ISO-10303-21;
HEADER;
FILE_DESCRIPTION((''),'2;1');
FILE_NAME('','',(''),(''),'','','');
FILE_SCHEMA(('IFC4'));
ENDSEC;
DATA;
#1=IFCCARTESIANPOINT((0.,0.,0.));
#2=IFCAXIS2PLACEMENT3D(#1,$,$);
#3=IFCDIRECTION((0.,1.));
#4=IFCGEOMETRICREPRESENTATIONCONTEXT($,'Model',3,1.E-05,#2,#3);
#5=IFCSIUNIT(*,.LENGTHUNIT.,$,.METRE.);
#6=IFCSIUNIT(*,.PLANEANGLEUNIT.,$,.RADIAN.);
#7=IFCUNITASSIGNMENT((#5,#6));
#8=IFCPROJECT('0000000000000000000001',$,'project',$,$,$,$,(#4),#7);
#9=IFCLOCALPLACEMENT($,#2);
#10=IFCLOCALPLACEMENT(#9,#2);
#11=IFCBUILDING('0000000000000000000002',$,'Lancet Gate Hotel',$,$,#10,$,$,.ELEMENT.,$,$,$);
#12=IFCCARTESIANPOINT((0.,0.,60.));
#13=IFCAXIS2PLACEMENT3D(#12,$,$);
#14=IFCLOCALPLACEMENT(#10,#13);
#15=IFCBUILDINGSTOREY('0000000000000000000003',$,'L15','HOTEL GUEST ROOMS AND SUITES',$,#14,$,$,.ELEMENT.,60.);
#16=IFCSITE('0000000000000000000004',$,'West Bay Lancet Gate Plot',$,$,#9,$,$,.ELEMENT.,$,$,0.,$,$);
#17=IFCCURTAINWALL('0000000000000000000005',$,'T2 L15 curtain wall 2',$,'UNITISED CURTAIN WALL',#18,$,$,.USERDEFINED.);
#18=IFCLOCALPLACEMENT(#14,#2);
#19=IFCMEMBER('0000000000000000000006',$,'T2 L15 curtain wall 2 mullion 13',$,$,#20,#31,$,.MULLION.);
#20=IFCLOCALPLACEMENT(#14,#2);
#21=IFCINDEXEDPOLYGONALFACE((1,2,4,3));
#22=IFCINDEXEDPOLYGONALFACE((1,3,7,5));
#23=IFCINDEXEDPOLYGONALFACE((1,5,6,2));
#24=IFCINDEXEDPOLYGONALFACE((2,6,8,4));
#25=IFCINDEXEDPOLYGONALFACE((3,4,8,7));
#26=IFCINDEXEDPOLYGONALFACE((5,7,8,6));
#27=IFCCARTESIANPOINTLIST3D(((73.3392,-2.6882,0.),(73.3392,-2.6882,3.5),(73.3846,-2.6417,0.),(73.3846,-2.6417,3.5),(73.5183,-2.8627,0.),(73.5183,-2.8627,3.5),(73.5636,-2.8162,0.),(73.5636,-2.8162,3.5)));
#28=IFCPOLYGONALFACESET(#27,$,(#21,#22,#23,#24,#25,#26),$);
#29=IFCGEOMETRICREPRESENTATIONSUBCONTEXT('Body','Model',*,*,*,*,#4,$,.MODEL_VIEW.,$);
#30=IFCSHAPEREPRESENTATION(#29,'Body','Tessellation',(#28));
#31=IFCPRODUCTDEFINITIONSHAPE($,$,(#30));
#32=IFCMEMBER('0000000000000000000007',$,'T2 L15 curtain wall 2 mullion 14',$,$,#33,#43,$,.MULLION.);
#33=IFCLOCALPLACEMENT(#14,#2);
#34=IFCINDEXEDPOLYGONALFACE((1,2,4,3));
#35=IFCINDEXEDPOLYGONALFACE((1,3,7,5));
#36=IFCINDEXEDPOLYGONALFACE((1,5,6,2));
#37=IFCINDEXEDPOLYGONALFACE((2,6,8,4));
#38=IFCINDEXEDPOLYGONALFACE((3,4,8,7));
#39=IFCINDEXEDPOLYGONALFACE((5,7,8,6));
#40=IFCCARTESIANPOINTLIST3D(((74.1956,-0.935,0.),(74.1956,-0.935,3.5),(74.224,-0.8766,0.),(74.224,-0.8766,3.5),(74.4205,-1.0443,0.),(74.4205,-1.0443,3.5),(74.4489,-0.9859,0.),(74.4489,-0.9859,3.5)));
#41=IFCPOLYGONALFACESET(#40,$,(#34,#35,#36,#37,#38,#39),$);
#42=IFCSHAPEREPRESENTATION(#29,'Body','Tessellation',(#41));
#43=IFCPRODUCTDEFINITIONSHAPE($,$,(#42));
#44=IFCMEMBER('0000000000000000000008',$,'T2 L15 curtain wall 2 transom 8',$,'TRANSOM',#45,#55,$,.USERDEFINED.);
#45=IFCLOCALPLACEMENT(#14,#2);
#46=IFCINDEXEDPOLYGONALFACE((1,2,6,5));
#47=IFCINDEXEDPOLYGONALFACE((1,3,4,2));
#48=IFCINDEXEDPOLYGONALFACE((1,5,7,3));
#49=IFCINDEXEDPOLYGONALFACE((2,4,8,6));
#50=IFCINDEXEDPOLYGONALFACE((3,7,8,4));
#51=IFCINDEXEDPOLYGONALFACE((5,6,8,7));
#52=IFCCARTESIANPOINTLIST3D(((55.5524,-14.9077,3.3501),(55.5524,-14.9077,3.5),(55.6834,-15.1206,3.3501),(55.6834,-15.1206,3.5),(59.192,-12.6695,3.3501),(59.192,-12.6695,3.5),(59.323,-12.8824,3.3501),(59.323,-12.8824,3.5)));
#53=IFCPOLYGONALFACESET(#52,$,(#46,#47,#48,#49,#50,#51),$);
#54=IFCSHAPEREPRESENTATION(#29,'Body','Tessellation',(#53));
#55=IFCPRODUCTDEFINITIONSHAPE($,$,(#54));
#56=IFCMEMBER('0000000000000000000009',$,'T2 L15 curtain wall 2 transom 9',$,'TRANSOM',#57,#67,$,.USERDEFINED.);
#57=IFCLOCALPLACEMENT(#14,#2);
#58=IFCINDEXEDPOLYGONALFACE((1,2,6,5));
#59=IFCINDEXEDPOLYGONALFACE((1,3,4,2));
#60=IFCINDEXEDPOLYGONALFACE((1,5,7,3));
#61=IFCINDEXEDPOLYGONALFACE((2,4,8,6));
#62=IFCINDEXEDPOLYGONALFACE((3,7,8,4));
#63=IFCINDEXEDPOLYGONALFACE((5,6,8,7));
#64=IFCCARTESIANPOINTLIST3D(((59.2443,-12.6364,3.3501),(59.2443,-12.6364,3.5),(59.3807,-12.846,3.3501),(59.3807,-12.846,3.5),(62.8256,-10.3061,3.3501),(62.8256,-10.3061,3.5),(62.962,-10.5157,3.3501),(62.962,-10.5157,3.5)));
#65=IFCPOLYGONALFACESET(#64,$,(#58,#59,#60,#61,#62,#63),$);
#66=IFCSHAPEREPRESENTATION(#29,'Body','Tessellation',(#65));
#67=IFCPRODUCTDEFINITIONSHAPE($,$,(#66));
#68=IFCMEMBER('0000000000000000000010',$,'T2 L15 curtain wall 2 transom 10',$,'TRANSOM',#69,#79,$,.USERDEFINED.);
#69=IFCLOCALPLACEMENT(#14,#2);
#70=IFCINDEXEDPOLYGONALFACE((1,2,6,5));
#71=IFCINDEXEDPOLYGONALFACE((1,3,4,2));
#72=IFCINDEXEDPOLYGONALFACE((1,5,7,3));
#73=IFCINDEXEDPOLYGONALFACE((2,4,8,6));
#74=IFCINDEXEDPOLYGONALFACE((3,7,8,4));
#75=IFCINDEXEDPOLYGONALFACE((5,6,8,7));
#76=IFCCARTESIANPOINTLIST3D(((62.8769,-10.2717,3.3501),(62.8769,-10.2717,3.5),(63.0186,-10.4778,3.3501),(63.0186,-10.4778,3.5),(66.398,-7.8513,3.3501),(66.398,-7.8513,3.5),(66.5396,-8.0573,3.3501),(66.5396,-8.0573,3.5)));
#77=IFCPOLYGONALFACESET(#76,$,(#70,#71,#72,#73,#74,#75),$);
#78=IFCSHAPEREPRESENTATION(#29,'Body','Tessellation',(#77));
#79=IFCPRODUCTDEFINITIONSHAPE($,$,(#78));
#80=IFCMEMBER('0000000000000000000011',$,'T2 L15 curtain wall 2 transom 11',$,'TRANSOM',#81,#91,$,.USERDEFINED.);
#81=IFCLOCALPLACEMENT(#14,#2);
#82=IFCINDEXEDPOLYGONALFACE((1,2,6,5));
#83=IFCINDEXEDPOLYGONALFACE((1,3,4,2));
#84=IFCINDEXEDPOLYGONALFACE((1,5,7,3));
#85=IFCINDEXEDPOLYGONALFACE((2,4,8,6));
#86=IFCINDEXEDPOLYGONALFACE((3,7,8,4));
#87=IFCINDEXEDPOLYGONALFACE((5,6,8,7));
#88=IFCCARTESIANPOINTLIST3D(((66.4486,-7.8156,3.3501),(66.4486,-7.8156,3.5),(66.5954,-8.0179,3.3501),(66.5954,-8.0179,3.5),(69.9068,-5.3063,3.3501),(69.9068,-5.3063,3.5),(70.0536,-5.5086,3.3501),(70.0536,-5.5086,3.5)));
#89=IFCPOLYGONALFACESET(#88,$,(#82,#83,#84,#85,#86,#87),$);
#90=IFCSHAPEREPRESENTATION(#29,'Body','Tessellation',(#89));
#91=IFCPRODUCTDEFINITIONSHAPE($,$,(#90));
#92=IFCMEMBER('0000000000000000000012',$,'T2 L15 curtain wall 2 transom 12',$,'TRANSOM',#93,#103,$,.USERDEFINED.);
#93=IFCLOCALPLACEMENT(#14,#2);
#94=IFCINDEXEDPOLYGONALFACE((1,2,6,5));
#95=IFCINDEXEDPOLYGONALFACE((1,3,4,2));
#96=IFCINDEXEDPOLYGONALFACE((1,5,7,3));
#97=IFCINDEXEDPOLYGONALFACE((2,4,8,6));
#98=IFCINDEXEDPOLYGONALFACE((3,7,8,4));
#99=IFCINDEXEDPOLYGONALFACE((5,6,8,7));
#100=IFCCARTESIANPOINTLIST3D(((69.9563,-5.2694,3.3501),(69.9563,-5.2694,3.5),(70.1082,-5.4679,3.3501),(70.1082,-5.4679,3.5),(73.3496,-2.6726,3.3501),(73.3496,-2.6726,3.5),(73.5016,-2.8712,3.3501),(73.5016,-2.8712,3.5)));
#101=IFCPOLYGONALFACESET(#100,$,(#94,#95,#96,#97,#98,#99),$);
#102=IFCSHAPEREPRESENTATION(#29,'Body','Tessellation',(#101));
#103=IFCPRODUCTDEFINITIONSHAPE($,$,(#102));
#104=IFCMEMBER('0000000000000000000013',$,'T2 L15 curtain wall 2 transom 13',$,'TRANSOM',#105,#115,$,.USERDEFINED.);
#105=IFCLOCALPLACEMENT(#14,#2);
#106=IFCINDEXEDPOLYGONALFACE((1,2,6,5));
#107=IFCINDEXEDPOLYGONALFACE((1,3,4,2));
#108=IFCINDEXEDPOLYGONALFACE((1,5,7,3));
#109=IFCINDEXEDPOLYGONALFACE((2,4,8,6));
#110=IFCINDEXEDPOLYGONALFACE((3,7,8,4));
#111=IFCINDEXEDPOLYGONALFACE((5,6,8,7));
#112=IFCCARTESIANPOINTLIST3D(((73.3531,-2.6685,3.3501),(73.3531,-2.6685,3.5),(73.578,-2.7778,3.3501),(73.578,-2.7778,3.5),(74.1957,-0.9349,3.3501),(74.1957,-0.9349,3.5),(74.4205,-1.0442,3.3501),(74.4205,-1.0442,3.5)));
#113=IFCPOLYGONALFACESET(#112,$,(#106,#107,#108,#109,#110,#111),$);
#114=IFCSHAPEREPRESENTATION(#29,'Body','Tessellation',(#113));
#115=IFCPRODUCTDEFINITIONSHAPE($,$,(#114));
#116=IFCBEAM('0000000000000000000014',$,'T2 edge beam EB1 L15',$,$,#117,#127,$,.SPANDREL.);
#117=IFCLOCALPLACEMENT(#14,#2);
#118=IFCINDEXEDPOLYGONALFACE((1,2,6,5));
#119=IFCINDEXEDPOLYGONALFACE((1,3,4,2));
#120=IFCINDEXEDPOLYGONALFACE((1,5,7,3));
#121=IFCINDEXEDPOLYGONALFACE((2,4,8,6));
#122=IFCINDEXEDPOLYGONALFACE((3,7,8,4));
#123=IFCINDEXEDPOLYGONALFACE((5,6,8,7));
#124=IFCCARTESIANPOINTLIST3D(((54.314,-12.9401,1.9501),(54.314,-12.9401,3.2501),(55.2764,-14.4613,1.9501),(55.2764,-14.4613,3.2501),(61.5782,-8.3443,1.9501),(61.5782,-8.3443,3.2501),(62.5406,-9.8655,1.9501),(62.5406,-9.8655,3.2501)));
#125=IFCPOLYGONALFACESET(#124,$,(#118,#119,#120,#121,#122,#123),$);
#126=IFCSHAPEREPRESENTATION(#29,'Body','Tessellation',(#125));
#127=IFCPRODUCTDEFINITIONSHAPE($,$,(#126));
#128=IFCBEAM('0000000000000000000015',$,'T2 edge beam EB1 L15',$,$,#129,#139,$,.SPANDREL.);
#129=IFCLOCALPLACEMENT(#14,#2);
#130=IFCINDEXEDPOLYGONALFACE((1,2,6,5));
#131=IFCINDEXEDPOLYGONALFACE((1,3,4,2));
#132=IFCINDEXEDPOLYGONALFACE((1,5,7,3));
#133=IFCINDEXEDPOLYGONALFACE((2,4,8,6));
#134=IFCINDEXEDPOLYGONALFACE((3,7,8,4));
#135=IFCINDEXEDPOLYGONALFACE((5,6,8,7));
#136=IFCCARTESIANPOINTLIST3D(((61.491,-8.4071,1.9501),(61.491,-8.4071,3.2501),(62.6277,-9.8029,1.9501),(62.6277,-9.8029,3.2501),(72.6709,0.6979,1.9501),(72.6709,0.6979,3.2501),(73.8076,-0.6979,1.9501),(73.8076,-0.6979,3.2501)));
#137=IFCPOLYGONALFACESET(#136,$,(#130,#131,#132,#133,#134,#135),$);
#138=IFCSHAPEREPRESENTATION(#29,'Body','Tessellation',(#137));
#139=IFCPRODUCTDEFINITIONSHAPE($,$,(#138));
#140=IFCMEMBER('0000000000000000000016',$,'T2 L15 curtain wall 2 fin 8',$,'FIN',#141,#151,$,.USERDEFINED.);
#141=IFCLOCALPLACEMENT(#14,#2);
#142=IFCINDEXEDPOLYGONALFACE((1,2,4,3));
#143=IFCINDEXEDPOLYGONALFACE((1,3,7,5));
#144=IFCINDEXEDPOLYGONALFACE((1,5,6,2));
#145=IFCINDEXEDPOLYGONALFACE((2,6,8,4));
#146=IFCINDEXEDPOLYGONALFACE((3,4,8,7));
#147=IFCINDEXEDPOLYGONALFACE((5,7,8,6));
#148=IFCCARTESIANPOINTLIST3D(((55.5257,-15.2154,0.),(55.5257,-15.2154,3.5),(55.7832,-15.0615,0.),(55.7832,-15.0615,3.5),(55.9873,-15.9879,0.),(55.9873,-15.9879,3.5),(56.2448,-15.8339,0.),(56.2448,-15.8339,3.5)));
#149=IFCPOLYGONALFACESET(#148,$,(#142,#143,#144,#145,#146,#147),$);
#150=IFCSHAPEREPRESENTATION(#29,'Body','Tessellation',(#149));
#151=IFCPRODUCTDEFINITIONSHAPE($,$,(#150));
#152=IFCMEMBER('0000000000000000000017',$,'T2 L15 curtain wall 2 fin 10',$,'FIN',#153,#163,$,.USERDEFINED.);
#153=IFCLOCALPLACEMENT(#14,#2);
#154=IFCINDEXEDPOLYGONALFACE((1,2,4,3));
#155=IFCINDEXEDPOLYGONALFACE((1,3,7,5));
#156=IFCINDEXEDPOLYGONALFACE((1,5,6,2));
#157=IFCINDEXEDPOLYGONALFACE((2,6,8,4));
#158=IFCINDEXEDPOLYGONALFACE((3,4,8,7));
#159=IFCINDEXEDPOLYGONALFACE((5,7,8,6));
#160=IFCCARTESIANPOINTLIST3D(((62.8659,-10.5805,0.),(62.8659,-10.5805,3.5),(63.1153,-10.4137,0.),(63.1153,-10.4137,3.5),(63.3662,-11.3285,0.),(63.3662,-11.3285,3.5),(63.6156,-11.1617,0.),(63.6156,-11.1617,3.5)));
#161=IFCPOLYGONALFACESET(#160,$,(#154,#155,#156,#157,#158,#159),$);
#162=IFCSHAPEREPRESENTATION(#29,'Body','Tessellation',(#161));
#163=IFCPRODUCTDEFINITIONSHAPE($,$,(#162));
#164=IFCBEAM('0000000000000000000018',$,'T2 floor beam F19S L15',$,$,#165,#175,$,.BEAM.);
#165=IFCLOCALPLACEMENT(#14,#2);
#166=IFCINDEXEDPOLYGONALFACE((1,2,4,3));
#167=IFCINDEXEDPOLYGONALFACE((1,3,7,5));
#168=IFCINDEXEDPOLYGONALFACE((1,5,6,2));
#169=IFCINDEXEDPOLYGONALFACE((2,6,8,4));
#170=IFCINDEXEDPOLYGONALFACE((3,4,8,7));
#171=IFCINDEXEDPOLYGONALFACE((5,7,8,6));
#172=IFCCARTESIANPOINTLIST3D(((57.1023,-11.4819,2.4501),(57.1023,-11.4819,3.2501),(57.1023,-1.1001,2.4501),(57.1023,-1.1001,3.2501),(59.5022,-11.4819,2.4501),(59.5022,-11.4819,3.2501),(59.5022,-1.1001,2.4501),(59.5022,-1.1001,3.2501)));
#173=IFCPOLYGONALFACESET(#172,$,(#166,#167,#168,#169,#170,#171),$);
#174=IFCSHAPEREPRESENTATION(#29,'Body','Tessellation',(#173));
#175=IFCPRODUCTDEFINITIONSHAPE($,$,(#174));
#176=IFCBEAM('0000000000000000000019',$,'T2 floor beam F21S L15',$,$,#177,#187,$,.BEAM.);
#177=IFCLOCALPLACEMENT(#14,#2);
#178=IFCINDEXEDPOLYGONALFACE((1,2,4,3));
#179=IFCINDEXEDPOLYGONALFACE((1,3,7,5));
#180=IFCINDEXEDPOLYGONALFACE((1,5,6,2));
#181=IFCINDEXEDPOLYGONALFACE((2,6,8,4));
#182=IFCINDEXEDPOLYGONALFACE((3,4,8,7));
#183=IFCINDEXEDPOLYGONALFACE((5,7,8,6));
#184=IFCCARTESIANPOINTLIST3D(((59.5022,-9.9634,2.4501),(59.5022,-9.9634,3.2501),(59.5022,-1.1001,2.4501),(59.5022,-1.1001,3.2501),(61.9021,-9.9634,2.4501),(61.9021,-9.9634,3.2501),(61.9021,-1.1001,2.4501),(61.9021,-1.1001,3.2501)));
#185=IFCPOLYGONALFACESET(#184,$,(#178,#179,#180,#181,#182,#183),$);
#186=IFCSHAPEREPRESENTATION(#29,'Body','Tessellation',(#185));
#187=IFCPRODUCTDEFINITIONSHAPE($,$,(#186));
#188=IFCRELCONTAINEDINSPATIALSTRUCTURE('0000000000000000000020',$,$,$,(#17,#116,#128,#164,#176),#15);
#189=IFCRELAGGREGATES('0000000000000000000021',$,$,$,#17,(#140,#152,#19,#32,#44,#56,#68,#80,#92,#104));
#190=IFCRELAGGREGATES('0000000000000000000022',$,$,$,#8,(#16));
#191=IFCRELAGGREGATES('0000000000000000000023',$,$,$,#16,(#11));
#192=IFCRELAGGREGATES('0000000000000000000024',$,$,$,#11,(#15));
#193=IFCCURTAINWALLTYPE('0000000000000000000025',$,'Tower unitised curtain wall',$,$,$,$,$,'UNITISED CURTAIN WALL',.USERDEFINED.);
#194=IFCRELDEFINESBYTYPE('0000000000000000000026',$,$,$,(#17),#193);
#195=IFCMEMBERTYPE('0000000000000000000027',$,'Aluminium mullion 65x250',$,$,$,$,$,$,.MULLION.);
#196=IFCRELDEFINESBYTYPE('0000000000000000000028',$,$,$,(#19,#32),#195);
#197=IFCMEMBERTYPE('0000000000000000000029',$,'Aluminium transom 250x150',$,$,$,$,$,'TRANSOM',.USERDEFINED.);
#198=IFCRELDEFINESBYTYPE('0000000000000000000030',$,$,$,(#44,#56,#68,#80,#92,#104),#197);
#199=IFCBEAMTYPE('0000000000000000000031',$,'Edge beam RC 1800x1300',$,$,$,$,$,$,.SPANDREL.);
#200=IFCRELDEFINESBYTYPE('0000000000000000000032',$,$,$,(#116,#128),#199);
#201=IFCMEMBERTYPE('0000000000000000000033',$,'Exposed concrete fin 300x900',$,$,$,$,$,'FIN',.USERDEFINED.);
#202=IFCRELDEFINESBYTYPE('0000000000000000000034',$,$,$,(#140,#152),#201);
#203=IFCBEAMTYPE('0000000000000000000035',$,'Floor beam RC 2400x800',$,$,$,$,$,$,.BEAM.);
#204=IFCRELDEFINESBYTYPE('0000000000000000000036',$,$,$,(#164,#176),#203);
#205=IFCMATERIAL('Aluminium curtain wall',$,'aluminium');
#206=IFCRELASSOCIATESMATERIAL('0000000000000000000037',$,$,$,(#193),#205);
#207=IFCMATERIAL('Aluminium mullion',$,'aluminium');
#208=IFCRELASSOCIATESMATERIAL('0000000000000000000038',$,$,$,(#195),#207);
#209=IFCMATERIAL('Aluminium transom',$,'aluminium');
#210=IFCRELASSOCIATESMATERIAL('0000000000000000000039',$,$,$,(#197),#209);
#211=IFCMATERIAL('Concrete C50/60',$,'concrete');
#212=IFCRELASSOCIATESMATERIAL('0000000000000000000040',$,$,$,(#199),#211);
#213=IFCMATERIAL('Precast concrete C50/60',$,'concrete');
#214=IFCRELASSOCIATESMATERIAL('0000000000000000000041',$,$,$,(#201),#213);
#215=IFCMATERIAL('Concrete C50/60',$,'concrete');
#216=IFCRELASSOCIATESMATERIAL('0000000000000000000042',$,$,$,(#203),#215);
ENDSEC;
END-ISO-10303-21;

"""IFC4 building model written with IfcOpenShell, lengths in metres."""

from ifc_helpers import new_model, si_unit, direction, frame, origin, origin_2d, place, context, subcontext, project, spatial, rectangle, extrude, material, material_profile, profile_set, type_object, element, aggregate, save


model = new_model("IFC4")

# Units and contexts
model_context = context("Model", 3, precision=1e-05, world=origin(), true_north=direction((0.0, 1.0)))
body_context = subcontext(model_context, "Body", "Model", "MODEL_VIEW")
ifc_project = project(units=[si_unit("LENGTHUNIT", "METRE"), si_unit("PLANEANGLEUNIT", "RADIAN")], contexts=[model_context])

# Site, building, storey
site_placement = place(None, origin())
site = spatial("IfcSite", under=ifc_project, at=site_placement, Name="West Bay Lancet Gate Plot", CompositionType="ELEMENT", RefElevation=0.0)
building_placement = place(site_placement, origin())
building = spatial("IfcBuilding", under=site, at=building_placement, Name="Lancet Gate Hotel", CompositionType="ELEMENT")
storey_placement = place(building_placement, frame((0.0, 0.0, 60.0)))
storey = spatial("IfcBuildingStorey", under=building, at=storey_placement, Name="L15", Description="HOTEL GUEST ROOMS AND SUITES", CompositionType="ELEMENT", Elevation=60.0)

# Curtain wall, members
ifc_material_1 = material(Name="Aluminium curtain wall", Category="aluminium")
curtain_wall_type = type_object("IfcCurtainWallType", Name="Tower unitised curtain wall", ElementType="UNITISED CURTAIN WALL", PredefinedType="USERDEFINED", material=ifc_material_1)
curtain_wall_placement = place(storey_placement, origin())
curtain_wall = element("IfcCurtainWall", 1, at=curtain_wall_placement, inside=storey, type_object=curtain_wall_type, Name="T2 L15 curtain wall 2", ObjectType="UNITISED CURTAIN WALL", PredefinedType="USERDEFINED")
ifc_material_2 = material(Name="Aluminium mullion", Category="aluminium")
ifc_material_profile_1 = material_profile(ifc_material_2, rectangle(XDim=0.0649, YDim=0.25, at=origin_2d()), Name="MULLION 65x250")
ifc_profile_set_1 = profile_set([ifc_material_profile_1], Name="Aluminium mullion")
member_type_1 = type_object("IfcMemberType", Name="Aluminium mullion 65x250", PredefinedType="MULLION", material=ifc_profile_set_1)
member_1_placement = place(storey_placement, frame((73.4514, -2.7522, 0.0), z_axis=(0.0, 0.0, 1.0), x_axis=(0.697983, 0.716114, 0.0)))
member_1 = element("IfcMember", 2, at=member_1_placement, type_object=member_type_1, Name="T2 L15 curtain wall 2 mullion 13", PredefinedType="MULLION", context=body_context, shape_type="SweptSolid", body=[
    extrude(rectangle(XDim=0.0649, YDim=0.25, at=origin_2d()), origin(), (0.0, 0.0, 1.0), 3.5),
])
member_2_placement = place(storey_placement, frame((74.3223, -0.9604, 0.0), z_axis=(0.0, 0.0, 1.0), x_axis=(0.437169, 0.899379, 0.0)))
member_2 = element("IfcMember", 3, at=member_2_placement, type_object=member_type_1, Name="T2 L15 curtain wall 2 mullion 14", PredefinedType="MULLION", context=body_context, shape_type="SweptSolid", body=[
    extrude(rectangle(XDim=0.0649, YDim=0.25, at=origin_2d()), origin(), (0.0, 0.0, 1.0), 3.5),
])
ifc_material_3 = material(Name="Aluminium transom", Category="aluminium")
ifc_material_profile_2 = material_profile(ifc_material_3, rectangle(XDim=0.25, YDim=0.1499, at=origin_2d()), Name="TRANSOM 250x150")
ifc_profile_set_2 = profile_set([ifc_material_profile_2], Name="Aluminium transom")
member_type_2 = type_object("IfcMemberType", Name="Aluminium transom 250x150", ElementType="TRANSOM", PredefinedType="USERDEFINED", material=ifc_profile_set_2)
member_3_placement = place(storey_placement, frame((55.6179, -15.0142, 3.425), z_axis=(0.851815, 0.523842, 0.0), x_axis=(-0.523842, 0.851815, 0.0)))
member_3 = element("IfcMember", 4, at=member_3_placement, type_object=member_type_2, Name="T2 L15 curtain wall 2 transom 8", ObjectType="TRANSOM", PredefinedType="USERDEFINED", context=body_context, shape_type="SweptSolid", body=[
    extrude(rectangle(XDim=0.25, YDim=0.1499, at=origin_2d()), origin(), (0.0, 0.0, 1.0), 4.2727),
])
member_4_placement = place(storey_placement, frame((59.3125, -12.7412, 3.425), z_axis=(0.838179, 0.545396, 0.0), x_axis=(-0.545396, 0.838179, 0.0)))
member_4 = element("IfcMember", 5, at=member_4_placement, type_object=member_type_2, Name="T2 L15 curtain wall 2 transom 9", ObjectType="TRANSOM", PredefinedType="USERDEFINED", context=body_context, shape_type="SweptSolid", body=[
    extrude(rectangle(XDim=0.25, YDim=0.1499, at=origin_2d()), origin(), (0.0, 0.0, 1.0), 4.2727),
])
member_5_placement = place(storey_placement, frame((62.9478, -10.3748, 3.425), z_axis=(0.824072, 0.566485, 0.0), x_axis=(-0.566485, 0.824072, 0.0)))
member_5 = element("IfcMember", 6, at=member_5_placement, type_object=member_type_2, Name="T2 L15 curtain wall 2 transom 10", ObjectType="TRANSOM", PredefinedType="USERDEFINED", context=body_context, shape_type="SweptSolid", body=[
    extrude(rectangle(XDim=0.25, YDim=0.1499, at=origin_2d()), origin(), (0.0, 0.0, 1.0), 4.2727),
])
member_6_placement = place(storey_placement, frame((66.522, -7.9167, 3.425), z_axis=(0.809383, 0.587281, 0.0), x_axis=(-0.587281, 0.809383, 0.0)))
member_6 = element("IfcMember", 7, at=member_6_placement, type_object=member_type_2, Name="T2 L15 curtain wall 2 transom 11", ObjectType="TRANSOM", PredefinedType="USERDEFINED", context=body_context, shape_type="SweptSolid", body=[
    extrude(rectangle(XDim=0.25, YDim=0.1499, at=origin_2d()), origin(), (0.0, 0.0, 1.0), 4.2727),
])
member_7_placement = place(storey_placement, frame((70.0322, -5.3687, 3.425), z_axis=(0.794155, 0.607715, 0.0), x_axis=(-0.607715, 0.794155, 0.0)))
member_7 = element("IfcMember", 8, at=member_7_placement, type_object=member_type_2, Name="T2 L15 curtain wall 2 transom 12", ObjectType="TRANSOM", PredefinedType="USERDEFINED", context=body_context, shape_type="SweptSolid", body=[
    extrude(rectangle(XDim=0.25, YDim=0.1499, at=origin_2d()), origin(), (0.0, 0.0, 1.0), 4.2729),
])
member_8_placement = place(storey_placement, frame((73.4656, -2.7231, 3.425), z_axis=(0.437103, 0.899411, 0.0), x_axis=(-0.899411, 0.437103, 0.0)))
member_8 = element("IfcMember", 9, at=member_8_placement, type_object=member_type_2, Name="T2 L15 curtain wall 2 transom 13", ObjectType="TRANSOM", PredefinedType="USERDEFINED", context=body_context, shape_type="SweptSolid", body=[
    extrude(rectangle(XDim=0.25, YDim=0.1499, at=origin_2d()), origin(), (0.0, 0.0, 1.0), 1.9275),
])

# Beams
ifc_material_4 = material(Name="Concrete C50/60", Category="concrete")
ifc_material_profile_3 = material_profile(ifc_material_4, rectangle(XDim=1.8, YDim=1.3, at=origin_2d()), Name="RC 1800x1300")
ifc_profile_set_3 = profile_set([ifc_material_profile_3], Name="Concrete C50/60")
beam_type_1 = type_object("IfcBeamType", Name="Edge beam RC 1800x1300", PredefinedType="SPANDREL", material=ifc_profile_set_3)
beam_1_placement = place(storey_placement, frame((54.7952, -13.7007, 2.6001), z_axis=(0.845078, 0.534643, 0.0), x_axis=(-0.534643, 0.845078, 0.0)))
element("IfcBeam", 10, at=beam_1_placement, inside=storey, type_object=beam_type_1, Name="T2 edge beam EB1 L15", PredefinedType="SPANDREL", context=body_context, shape_type="SweptSolid", body=[
    extrude(rectangle(XDim=1.8, YDim=1.3, at=origin_2d()), origin(), (0.0, 0.0, 1.0), 8.5959),
])
beam_2_placement = place(storey_placement, frame((62.0593, -9.105, 2.6001), z_axis=(0.775391, 0.631481, 0.0), x_axis=(-0.631481, 0.775391, 0.0)))
element("IfcBeam", 11, at=beam_2_placement, inside=storey, type_object=beam_type_1, Name="T2 edge beam EB1 L15", PredefinedType="SPANDREL", context=body_context, shape_type="SweptSolid", body=[
    extrude(rectangle(XDim=1.8, YDim=1.3, at=origin_2d()), origin(), (0.0, 0.0, 1.0), 14.4185),
])

# Members
ifc_material_5 = material(Name="Precast concrete C50/60", Category="concrete")
ifc_material_profile_4 = material_profile(ifc_material_5, rectangle(XDim=0.3, YDim=0.8999, at=origin_2d()), Name="FIN 300x900")
ifc_profile_set_4 = profile_set([ifc_material_profile_4], Name="Precast concrete C50/60")
member_type_3 = type_object("IfcMemberType", Name="Exposed concrete fin 300x900", ElementType="FIN", PredefinedType="USERDEFINED", material=ifc_profile_set_4)
member_9_placement = place(storey_placement, frame((55.8853, -15.5247, 0.0), z_axis=(0.0, 0.0, 1.0), x_axis=(0.858413, 0.512959, 0.0)))
member_9 = element("IfcMember", 12, at=member_9_placement, type_object=member_type_3, Name="T2 L15 curtain wall 2 fin 8", ObjectType="FIN", PredefinedType="USERDEFINED", context=body_context, shape_type="SweptSolid", body=[
    extrude(rectangle(XDim=0.3, YDim=0.8999, at=origin_2d()), origin(), (0.0, 0.0, 1.0), 3.5),
])
member_10_placement = place(storey_placement, frame((63.2407, -10.8711, 0.0), z_axis=(0.0, 0.0, 1.0), x_axis=(0.831198, 0.555976, 0.0)))
member_10 = element("IfcMember", 13, at=member_10_placement, type_object=member_type_3, Name="T2 L15 curtain wall 2 fin 10", ObjectType="FIN", PredefinedType="USERDEFINED", context=body_context, shape_type="SweptSolid", body=[
    extrude(rectangle(XDim=0.3, YDim=0.8999, at=origin_2d()), origin(), (0.0, 0.0, 1.0), 3.5),
])

# Beams
ifc_material_6 = material(Name="Concrete C50/60", Category="concrete")
ifc_material_profile_5 = material_profile(ifc_material_6, rectangle(XDim=2.3999, YDim=0.8, at=origin_2d()), Name="RC 2400x800")
ifc_profile_set_5 = profile_set([ifc_material_profile_5], Name="Concrete C50/60")
beam_type_2 = type_object("IfcBeamType", Name="Floor beam RC 2400x800", PredefinedType="BEAM", material=ifc_profile_set_5)
beam_3_placement = place(storey_placement, frame((58.3022, -11.4819, 2.8501), z_axis=(0.0, 1.0, 0.0), x_axis=(-1.0, 0.0, 0.0)))
element("IfcBeam", 14, at=beam_3_placement, inside=storey, type_object=beam_type_2, Name="T2 floor beam F19S L15", PredefinedType="BEAM", context=body_context, shape_type="SweptSolid", body=[
    extrude(rectangle(XDim=2.3999, YDim=0.8, at=origin_2d()), origin(), (0.0, 0.0, 1.0), 10.3818),
])
beam_4_placement = place(storey_placement, frame((60.7021, -9.9634, 2.8501), z_axis=(0.0, 1.0, 0.0), x_axis=(-1.0, 0.0, 0.0)))
element("IfcBeam", 15, at=beam_4_placement, inside=storey, type_object=beam_type_2, Name="T2 floor beam F21S L15", PredefinedType="BEAM", context=body_context, shape_type="SweptSolid", body=[
    extrude(rectangle(XDim=2.3999, YDim=0.8, at=origin_2d()), origin(), (0.0, 0.0, 1.0), 8.8633),
])

aggregate(curtain_wall, [member_9, member_10, member_1, member_2, member_3, member_4, member_5, member_6, member_7, member_8])

save(model, "model.ifc")
